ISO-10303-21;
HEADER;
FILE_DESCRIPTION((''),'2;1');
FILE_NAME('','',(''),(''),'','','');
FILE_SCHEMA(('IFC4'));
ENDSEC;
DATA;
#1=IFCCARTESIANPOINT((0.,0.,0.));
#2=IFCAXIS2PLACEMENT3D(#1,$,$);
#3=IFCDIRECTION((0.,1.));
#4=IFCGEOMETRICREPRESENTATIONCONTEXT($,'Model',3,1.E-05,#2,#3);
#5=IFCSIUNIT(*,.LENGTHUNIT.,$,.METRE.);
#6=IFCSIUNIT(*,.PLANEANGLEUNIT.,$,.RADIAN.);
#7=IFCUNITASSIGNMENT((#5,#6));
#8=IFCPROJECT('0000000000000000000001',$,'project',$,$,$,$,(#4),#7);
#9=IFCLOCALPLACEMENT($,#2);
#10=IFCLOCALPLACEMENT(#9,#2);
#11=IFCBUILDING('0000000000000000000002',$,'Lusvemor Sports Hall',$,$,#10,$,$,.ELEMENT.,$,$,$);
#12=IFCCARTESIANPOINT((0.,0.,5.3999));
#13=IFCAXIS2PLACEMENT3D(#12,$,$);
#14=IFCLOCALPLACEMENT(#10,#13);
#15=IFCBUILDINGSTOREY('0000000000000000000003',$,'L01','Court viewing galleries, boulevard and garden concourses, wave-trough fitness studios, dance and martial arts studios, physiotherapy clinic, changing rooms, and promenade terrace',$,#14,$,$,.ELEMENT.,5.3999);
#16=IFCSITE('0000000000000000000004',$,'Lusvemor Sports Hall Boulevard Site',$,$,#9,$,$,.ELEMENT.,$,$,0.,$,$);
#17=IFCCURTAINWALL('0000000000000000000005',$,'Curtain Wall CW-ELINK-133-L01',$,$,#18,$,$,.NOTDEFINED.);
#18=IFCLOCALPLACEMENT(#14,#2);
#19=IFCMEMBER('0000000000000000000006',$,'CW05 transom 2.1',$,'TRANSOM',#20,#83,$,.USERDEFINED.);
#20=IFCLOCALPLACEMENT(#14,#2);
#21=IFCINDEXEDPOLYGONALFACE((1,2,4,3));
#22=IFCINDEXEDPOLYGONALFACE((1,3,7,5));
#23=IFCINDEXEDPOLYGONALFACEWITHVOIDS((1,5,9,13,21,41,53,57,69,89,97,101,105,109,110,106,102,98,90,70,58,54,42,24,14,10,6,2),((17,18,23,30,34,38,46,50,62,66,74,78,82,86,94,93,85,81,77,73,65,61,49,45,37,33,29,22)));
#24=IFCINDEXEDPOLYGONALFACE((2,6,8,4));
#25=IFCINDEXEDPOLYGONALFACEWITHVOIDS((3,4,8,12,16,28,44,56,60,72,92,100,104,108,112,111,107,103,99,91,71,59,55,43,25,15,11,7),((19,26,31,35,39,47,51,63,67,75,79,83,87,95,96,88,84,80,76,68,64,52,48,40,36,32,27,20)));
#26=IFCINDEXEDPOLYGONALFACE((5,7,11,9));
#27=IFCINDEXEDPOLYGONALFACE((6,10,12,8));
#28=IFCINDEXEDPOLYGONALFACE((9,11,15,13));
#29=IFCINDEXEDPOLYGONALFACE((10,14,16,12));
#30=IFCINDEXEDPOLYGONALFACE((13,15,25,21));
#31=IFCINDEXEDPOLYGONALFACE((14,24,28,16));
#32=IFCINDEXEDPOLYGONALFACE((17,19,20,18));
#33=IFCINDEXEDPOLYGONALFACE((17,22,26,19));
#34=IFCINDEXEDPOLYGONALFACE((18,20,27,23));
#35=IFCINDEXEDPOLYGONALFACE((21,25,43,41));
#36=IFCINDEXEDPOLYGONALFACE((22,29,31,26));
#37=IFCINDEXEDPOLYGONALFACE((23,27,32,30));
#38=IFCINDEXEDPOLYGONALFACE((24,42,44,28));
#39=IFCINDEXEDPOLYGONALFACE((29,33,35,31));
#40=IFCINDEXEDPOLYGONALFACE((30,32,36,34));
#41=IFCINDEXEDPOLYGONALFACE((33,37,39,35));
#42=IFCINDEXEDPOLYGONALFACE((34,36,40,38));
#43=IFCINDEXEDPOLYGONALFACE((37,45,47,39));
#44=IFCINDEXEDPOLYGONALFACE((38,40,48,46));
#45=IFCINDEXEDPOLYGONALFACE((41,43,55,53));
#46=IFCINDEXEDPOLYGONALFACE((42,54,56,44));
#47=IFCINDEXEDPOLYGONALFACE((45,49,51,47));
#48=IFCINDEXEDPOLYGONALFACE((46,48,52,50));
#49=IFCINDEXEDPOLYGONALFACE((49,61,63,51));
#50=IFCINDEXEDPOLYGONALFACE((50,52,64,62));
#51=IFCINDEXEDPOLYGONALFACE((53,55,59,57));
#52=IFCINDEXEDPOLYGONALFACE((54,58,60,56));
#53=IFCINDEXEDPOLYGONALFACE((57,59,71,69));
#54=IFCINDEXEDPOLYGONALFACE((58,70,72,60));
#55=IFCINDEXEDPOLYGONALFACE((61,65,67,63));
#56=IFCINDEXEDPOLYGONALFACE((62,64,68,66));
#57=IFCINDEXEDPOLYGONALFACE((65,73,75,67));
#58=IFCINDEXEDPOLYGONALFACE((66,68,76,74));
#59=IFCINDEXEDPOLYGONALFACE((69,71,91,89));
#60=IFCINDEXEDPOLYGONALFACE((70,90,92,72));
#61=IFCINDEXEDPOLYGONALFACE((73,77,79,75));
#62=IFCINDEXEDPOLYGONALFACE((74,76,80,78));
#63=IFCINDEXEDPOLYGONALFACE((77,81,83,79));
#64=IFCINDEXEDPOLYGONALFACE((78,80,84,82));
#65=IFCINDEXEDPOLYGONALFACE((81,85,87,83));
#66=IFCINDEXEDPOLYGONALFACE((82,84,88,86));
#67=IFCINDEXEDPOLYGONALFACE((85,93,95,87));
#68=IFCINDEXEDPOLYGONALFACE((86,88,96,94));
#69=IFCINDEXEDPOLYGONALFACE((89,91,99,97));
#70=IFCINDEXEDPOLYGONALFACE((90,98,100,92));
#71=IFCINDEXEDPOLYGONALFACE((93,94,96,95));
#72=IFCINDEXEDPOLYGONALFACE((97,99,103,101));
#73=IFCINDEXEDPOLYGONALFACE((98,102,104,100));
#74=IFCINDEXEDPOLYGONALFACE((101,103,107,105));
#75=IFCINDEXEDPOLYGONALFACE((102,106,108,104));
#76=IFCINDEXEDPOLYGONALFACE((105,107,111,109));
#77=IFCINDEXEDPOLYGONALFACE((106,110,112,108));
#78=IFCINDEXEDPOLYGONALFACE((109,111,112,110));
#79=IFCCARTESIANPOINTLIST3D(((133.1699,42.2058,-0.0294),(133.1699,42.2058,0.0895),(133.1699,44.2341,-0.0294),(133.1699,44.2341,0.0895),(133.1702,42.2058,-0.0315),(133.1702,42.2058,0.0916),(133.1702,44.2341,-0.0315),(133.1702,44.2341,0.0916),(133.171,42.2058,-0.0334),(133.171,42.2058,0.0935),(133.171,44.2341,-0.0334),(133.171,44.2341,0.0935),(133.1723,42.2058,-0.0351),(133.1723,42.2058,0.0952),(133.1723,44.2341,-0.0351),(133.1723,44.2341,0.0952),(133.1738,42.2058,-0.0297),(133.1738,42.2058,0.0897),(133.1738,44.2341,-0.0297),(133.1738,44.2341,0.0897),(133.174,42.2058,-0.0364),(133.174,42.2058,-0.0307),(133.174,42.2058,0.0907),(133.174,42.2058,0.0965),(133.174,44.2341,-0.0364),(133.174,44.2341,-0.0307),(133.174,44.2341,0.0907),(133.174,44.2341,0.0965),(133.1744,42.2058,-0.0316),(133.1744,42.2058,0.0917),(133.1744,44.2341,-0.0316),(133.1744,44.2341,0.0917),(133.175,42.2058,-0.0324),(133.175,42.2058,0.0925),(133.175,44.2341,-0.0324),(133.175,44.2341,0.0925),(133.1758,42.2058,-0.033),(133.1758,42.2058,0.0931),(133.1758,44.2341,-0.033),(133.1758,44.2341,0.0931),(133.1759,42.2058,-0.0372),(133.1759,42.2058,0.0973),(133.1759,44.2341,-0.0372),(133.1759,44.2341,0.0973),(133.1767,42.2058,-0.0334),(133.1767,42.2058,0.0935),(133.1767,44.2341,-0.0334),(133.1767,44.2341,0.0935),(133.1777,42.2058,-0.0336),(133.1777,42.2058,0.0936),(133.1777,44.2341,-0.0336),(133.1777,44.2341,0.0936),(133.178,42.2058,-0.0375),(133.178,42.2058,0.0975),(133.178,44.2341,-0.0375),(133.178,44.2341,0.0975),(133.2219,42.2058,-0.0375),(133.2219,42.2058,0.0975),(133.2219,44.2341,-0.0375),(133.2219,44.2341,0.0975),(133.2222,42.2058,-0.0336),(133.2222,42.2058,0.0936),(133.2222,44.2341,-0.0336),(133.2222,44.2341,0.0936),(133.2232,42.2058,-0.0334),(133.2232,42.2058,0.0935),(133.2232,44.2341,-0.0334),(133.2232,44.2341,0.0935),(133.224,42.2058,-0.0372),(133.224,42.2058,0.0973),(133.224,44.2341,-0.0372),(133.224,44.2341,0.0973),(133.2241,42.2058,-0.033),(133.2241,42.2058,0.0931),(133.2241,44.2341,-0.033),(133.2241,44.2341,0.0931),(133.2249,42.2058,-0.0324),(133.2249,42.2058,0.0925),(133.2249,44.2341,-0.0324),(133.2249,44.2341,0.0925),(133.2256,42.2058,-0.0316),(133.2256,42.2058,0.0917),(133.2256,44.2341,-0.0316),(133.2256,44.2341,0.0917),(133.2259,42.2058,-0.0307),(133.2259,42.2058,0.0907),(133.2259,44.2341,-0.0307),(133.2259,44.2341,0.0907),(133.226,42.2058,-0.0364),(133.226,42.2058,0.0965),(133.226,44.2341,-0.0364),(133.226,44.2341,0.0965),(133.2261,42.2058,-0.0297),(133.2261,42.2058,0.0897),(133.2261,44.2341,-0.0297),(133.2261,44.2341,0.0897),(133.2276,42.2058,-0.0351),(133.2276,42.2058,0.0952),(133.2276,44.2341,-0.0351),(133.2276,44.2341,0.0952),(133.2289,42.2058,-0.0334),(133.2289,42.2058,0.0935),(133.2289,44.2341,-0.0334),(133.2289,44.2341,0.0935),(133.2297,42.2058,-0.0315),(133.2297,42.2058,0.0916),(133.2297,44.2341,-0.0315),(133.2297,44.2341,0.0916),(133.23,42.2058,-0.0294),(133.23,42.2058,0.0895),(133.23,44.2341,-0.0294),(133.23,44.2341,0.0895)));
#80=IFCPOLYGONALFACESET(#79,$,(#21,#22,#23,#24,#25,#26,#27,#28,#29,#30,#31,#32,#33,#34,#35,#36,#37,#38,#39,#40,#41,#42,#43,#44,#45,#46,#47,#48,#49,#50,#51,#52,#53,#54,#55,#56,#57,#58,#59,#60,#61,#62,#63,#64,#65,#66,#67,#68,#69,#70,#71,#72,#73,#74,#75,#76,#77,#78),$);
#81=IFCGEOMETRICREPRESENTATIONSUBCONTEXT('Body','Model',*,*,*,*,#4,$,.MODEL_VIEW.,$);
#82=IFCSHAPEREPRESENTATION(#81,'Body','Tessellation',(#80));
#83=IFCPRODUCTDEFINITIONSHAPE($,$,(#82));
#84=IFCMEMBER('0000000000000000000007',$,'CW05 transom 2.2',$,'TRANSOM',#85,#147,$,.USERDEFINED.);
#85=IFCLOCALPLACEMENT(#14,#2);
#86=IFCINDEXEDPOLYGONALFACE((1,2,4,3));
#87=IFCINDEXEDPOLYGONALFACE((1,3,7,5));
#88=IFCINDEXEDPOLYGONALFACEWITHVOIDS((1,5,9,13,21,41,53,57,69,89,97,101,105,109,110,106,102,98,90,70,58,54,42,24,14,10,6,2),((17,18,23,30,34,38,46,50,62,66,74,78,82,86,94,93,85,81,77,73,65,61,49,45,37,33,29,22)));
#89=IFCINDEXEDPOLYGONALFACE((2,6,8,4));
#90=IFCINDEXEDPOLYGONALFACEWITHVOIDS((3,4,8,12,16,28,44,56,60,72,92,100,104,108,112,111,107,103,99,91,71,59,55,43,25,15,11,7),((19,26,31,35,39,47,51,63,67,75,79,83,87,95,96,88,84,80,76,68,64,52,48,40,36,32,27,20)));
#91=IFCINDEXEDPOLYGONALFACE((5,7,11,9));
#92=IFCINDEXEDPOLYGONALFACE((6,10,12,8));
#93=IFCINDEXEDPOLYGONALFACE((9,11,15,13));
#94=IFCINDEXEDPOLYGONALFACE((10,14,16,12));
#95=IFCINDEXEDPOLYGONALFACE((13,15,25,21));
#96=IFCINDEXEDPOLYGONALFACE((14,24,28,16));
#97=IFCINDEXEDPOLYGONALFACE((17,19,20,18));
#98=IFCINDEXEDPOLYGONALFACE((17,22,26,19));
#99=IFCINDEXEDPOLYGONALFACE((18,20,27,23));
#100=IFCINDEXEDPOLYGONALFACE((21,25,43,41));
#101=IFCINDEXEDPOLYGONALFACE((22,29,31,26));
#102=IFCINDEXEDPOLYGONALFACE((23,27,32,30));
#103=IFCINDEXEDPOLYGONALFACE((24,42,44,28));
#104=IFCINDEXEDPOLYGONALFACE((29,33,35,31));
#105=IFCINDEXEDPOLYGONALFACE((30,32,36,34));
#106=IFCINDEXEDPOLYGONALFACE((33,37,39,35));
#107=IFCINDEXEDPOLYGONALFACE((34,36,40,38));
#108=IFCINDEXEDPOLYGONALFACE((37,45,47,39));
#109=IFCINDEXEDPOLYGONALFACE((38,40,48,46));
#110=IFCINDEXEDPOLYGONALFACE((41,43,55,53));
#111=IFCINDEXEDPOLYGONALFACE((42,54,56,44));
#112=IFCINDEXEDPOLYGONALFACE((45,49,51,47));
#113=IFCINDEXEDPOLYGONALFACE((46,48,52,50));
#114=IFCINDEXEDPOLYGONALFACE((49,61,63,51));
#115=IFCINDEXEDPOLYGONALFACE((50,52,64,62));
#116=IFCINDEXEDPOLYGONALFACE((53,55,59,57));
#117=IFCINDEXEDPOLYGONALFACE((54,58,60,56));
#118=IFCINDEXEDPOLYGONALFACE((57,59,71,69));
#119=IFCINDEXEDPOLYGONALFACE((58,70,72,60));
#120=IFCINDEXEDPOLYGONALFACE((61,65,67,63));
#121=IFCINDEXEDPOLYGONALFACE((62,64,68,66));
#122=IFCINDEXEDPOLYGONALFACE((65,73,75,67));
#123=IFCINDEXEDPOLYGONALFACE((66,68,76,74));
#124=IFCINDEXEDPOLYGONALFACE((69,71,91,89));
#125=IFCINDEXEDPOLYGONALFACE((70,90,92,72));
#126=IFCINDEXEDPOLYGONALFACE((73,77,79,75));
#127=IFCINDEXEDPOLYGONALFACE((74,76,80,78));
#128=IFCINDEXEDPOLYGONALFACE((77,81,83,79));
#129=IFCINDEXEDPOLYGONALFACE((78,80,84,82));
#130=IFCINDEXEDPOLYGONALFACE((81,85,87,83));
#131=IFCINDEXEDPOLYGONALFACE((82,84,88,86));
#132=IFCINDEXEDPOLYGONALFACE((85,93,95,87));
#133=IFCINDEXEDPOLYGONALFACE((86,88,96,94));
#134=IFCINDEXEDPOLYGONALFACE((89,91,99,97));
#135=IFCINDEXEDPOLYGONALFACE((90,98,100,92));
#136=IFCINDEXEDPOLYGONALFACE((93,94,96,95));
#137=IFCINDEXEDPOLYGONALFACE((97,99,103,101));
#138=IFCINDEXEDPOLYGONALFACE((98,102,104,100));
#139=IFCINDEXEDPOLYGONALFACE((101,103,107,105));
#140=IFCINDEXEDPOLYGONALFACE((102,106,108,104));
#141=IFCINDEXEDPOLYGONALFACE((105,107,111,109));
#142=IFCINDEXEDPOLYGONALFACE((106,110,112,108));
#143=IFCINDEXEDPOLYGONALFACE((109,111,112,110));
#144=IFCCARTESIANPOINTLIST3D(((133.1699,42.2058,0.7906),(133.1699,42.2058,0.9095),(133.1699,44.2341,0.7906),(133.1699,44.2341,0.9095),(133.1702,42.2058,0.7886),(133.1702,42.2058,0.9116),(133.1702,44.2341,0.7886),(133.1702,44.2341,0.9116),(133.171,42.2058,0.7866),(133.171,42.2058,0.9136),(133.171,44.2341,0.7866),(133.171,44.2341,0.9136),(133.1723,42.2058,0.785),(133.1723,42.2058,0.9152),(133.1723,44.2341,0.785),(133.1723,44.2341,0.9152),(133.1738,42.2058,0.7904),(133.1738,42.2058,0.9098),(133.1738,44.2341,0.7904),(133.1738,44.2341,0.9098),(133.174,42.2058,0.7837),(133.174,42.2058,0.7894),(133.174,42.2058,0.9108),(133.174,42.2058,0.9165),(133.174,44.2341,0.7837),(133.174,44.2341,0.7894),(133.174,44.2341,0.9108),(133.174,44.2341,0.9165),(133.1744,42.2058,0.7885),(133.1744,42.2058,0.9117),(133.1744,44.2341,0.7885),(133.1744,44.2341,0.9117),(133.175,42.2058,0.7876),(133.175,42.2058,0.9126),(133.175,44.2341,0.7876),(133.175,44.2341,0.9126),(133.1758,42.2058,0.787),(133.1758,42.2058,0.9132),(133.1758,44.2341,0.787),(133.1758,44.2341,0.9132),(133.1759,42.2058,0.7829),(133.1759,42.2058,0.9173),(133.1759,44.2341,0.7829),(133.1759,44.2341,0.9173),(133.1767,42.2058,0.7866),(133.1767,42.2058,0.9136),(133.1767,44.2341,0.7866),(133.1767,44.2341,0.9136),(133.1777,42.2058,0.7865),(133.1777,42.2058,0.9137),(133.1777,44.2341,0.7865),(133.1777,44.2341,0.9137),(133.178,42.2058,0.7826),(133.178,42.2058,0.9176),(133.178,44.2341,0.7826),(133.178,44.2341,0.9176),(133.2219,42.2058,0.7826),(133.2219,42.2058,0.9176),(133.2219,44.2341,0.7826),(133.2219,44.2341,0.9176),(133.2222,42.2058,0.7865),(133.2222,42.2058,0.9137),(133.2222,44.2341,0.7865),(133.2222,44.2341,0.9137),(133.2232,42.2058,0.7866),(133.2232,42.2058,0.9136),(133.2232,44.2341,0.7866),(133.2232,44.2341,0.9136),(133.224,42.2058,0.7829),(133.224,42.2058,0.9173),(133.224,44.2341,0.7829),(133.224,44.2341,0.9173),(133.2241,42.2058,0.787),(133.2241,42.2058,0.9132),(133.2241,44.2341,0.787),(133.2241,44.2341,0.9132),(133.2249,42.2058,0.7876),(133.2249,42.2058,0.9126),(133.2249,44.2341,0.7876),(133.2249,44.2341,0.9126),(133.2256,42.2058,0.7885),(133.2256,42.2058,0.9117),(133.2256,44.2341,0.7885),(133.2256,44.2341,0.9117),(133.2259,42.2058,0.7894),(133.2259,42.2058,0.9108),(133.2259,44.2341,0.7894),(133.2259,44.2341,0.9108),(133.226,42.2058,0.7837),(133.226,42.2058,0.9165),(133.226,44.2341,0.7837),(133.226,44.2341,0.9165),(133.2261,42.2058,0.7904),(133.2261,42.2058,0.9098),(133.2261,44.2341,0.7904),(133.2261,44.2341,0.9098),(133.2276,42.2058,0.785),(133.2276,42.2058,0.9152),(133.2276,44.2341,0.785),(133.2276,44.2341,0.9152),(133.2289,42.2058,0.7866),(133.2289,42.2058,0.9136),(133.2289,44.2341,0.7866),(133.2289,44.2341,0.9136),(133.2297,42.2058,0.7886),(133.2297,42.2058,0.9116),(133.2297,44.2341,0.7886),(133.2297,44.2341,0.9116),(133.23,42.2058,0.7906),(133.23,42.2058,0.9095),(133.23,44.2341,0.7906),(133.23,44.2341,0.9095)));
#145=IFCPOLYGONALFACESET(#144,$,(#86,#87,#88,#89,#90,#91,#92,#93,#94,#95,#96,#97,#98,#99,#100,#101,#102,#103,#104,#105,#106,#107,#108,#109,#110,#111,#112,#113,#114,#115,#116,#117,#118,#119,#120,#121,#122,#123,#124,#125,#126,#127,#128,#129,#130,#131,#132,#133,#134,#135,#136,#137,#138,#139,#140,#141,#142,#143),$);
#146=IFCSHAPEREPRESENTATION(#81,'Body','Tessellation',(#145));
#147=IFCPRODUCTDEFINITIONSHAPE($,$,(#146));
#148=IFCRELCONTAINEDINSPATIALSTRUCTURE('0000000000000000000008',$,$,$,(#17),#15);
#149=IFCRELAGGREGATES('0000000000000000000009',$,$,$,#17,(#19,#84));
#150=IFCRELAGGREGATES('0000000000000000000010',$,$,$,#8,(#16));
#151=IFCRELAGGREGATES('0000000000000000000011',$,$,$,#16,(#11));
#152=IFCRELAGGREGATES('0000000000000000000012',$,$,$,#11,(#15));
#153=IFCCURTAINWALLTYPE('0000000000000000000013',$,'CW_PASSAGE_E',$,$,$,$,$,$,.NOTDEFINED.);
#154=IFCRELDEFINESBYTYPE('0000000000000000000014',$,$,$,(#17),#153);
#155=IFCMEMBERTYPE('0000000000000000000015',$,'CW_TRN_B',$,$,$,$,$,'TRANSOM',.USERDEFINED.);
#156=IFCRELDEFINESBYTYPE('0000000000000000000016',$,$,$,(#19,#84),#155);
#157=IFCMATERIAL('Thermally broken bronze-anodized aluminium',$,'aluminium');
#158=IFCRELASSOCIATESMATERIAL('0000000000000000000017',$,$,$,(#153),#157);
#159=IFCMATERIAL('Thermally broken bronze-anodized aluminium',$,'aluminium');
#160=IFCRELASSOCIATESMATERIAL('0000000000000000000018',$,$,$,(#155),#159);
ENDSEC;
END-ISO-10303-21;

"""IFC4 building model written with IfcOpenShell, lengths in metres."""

from ifc_helpers import new_model, si_unit, direction, frame, origin, origin_2d, place, context, subcontext, project, spatial, hollow_rectangle, extrude, material, material_profile, profile_set, type_object, element, aggregate, save


model = new_model("IFC4")

# Units and contexts
model_context = context("Model", 3, precision=1e-05, world=origin(), true_north=direction((0.0, 1.0)))
body_context = subcontext(model_context, "Body", "Model", "MODEL_VIEW")
ifc_project = project(units=[si_unit("LENGTHUNIT", "METRE"), si_unit("PLANEANGLEUNIT", "RADIAN")], contexts=[model_context])

# Site, building, storey
site_placement = place(None, origin())
site = spatial("IfcSite", under=ifc_project, at=site_placement, Name="Lusvemor Sports Hall Boulevard Site", CompositionType="ELEMENT", RefElevation=0.0)
building_placement = place(site_placement, origin())
building = spatial("IfcBuilding", under=site, at=building_placement, Name="Lusvemor Sports Hall", CompositionType="ELEMENT")
storey_placement = place(building_placement, frame((0.0, 0.0, 5.3999)))
storey = spatial("IfcBuildingStorey", under=building, at=storey_placement, Name="L01", Description="Court viewing galleries, boulevard and garden concourses, wave-trough fitness studios, dance and martial arts studios, physiotherapy clinic, changing rooms, and promenade terrace", CompositionType="ELEMENT", Elevation=5.3999)

# Curtain wall
ifc_material_1 = material(Name="Thermally broken bronze-anodized aluminium", Category="aluminium")
curtain_wall_type_1 = type_object("IfcCurtainWallType", Name="CW_PASSAGE_E", PredefinedType="NOTDEFINED", material=ifc_material_1)
curtain_wall_1_placement = place(storey_placement, origin())
curtain_wall_1 = element("IfcCurtainWall", 1, at=curtain_wall_1_placement, inside=storey, type_object=curtain_wall_type_1, Name="Curtain Wall CW-ELINK-133-L01", PredefinedType="NOTDEFINED")

# Members
ifc_material_2 = material(Name="Thermally broken bronze-anodized aluminium", Category="aluminium")
ifc_material_profile_1 = material_profile(ifc_material_2, hollow_rectangle(XDim=0.0601, YDim=0.135, WallThickness=0.0039, InnerFilletRadius=0.0039, OuterFilletRadius=0.0081, at=origin_2d()), Name="CWTRN135x60x4")
ifc_profile_set_1 = profile_set([ifc_material_profile_1], Name="Thermally broken bronze-anodized aluminium")
member_type_1 = type_object("IfcMemberType", Name="CW_TRN_B", ElementType="TRANSOM", PredefinedType="USERDEFINED", material=ifc_profile_set_1)
member_1_placement = place(storey_placement, frame((133.2, 42.2058, 0.03), z_axis=(0.0, 1.0, 0.0), x_axis=(-1.0, 0.0, 0.0)))
member_1 = element("IfcMember", 2, at=member_1_placement, type_object=member_type_1, Name="CW05 transom 2.1", ObjectType="TRANSOM", PredefinedType="USERDEFINED", context=body_context, shape_type="SweptSolid", body=[
    extrude(hollow_rectangle(XDim=0.0601, YDim=0.135, WallThickness=0.0039, InnerFilletRadius=0.0039, OuterFilletRadius=0.0081, at=origin_2d()), origin(), (0.0, 0.0, 1.0), 2.0283),
])
member_2_placement = place(storey_placement, frame((133.2, 42.2058, 0.8501), z_axis=(0.0, 1.0, 0.0), x_axis=(-1.0, 0.0, 0.0)))
member_2 = element("IfcMember", 3, at=member_2_placement, type_object=member_type_1, Name="CW05 transom 2.2", ObjectType="TRANSOM", PredefinedType="USERDEFINED", context=body_context, shape_type="SweptSolid", body=[
    extrude(hollow_rectangle(XDim=0.0601, YDim=0.135, WallThickness=0.0039, InnerFilletRadius=0.0039, OuterFilletRadius=0.0081, at=origin_2d()), origin(), (0.0, 0.0, 1.0), 2.0283),
])

aggregate(curtain_wall_1, [member_1, member_2])

save(model, "model.ifc")
